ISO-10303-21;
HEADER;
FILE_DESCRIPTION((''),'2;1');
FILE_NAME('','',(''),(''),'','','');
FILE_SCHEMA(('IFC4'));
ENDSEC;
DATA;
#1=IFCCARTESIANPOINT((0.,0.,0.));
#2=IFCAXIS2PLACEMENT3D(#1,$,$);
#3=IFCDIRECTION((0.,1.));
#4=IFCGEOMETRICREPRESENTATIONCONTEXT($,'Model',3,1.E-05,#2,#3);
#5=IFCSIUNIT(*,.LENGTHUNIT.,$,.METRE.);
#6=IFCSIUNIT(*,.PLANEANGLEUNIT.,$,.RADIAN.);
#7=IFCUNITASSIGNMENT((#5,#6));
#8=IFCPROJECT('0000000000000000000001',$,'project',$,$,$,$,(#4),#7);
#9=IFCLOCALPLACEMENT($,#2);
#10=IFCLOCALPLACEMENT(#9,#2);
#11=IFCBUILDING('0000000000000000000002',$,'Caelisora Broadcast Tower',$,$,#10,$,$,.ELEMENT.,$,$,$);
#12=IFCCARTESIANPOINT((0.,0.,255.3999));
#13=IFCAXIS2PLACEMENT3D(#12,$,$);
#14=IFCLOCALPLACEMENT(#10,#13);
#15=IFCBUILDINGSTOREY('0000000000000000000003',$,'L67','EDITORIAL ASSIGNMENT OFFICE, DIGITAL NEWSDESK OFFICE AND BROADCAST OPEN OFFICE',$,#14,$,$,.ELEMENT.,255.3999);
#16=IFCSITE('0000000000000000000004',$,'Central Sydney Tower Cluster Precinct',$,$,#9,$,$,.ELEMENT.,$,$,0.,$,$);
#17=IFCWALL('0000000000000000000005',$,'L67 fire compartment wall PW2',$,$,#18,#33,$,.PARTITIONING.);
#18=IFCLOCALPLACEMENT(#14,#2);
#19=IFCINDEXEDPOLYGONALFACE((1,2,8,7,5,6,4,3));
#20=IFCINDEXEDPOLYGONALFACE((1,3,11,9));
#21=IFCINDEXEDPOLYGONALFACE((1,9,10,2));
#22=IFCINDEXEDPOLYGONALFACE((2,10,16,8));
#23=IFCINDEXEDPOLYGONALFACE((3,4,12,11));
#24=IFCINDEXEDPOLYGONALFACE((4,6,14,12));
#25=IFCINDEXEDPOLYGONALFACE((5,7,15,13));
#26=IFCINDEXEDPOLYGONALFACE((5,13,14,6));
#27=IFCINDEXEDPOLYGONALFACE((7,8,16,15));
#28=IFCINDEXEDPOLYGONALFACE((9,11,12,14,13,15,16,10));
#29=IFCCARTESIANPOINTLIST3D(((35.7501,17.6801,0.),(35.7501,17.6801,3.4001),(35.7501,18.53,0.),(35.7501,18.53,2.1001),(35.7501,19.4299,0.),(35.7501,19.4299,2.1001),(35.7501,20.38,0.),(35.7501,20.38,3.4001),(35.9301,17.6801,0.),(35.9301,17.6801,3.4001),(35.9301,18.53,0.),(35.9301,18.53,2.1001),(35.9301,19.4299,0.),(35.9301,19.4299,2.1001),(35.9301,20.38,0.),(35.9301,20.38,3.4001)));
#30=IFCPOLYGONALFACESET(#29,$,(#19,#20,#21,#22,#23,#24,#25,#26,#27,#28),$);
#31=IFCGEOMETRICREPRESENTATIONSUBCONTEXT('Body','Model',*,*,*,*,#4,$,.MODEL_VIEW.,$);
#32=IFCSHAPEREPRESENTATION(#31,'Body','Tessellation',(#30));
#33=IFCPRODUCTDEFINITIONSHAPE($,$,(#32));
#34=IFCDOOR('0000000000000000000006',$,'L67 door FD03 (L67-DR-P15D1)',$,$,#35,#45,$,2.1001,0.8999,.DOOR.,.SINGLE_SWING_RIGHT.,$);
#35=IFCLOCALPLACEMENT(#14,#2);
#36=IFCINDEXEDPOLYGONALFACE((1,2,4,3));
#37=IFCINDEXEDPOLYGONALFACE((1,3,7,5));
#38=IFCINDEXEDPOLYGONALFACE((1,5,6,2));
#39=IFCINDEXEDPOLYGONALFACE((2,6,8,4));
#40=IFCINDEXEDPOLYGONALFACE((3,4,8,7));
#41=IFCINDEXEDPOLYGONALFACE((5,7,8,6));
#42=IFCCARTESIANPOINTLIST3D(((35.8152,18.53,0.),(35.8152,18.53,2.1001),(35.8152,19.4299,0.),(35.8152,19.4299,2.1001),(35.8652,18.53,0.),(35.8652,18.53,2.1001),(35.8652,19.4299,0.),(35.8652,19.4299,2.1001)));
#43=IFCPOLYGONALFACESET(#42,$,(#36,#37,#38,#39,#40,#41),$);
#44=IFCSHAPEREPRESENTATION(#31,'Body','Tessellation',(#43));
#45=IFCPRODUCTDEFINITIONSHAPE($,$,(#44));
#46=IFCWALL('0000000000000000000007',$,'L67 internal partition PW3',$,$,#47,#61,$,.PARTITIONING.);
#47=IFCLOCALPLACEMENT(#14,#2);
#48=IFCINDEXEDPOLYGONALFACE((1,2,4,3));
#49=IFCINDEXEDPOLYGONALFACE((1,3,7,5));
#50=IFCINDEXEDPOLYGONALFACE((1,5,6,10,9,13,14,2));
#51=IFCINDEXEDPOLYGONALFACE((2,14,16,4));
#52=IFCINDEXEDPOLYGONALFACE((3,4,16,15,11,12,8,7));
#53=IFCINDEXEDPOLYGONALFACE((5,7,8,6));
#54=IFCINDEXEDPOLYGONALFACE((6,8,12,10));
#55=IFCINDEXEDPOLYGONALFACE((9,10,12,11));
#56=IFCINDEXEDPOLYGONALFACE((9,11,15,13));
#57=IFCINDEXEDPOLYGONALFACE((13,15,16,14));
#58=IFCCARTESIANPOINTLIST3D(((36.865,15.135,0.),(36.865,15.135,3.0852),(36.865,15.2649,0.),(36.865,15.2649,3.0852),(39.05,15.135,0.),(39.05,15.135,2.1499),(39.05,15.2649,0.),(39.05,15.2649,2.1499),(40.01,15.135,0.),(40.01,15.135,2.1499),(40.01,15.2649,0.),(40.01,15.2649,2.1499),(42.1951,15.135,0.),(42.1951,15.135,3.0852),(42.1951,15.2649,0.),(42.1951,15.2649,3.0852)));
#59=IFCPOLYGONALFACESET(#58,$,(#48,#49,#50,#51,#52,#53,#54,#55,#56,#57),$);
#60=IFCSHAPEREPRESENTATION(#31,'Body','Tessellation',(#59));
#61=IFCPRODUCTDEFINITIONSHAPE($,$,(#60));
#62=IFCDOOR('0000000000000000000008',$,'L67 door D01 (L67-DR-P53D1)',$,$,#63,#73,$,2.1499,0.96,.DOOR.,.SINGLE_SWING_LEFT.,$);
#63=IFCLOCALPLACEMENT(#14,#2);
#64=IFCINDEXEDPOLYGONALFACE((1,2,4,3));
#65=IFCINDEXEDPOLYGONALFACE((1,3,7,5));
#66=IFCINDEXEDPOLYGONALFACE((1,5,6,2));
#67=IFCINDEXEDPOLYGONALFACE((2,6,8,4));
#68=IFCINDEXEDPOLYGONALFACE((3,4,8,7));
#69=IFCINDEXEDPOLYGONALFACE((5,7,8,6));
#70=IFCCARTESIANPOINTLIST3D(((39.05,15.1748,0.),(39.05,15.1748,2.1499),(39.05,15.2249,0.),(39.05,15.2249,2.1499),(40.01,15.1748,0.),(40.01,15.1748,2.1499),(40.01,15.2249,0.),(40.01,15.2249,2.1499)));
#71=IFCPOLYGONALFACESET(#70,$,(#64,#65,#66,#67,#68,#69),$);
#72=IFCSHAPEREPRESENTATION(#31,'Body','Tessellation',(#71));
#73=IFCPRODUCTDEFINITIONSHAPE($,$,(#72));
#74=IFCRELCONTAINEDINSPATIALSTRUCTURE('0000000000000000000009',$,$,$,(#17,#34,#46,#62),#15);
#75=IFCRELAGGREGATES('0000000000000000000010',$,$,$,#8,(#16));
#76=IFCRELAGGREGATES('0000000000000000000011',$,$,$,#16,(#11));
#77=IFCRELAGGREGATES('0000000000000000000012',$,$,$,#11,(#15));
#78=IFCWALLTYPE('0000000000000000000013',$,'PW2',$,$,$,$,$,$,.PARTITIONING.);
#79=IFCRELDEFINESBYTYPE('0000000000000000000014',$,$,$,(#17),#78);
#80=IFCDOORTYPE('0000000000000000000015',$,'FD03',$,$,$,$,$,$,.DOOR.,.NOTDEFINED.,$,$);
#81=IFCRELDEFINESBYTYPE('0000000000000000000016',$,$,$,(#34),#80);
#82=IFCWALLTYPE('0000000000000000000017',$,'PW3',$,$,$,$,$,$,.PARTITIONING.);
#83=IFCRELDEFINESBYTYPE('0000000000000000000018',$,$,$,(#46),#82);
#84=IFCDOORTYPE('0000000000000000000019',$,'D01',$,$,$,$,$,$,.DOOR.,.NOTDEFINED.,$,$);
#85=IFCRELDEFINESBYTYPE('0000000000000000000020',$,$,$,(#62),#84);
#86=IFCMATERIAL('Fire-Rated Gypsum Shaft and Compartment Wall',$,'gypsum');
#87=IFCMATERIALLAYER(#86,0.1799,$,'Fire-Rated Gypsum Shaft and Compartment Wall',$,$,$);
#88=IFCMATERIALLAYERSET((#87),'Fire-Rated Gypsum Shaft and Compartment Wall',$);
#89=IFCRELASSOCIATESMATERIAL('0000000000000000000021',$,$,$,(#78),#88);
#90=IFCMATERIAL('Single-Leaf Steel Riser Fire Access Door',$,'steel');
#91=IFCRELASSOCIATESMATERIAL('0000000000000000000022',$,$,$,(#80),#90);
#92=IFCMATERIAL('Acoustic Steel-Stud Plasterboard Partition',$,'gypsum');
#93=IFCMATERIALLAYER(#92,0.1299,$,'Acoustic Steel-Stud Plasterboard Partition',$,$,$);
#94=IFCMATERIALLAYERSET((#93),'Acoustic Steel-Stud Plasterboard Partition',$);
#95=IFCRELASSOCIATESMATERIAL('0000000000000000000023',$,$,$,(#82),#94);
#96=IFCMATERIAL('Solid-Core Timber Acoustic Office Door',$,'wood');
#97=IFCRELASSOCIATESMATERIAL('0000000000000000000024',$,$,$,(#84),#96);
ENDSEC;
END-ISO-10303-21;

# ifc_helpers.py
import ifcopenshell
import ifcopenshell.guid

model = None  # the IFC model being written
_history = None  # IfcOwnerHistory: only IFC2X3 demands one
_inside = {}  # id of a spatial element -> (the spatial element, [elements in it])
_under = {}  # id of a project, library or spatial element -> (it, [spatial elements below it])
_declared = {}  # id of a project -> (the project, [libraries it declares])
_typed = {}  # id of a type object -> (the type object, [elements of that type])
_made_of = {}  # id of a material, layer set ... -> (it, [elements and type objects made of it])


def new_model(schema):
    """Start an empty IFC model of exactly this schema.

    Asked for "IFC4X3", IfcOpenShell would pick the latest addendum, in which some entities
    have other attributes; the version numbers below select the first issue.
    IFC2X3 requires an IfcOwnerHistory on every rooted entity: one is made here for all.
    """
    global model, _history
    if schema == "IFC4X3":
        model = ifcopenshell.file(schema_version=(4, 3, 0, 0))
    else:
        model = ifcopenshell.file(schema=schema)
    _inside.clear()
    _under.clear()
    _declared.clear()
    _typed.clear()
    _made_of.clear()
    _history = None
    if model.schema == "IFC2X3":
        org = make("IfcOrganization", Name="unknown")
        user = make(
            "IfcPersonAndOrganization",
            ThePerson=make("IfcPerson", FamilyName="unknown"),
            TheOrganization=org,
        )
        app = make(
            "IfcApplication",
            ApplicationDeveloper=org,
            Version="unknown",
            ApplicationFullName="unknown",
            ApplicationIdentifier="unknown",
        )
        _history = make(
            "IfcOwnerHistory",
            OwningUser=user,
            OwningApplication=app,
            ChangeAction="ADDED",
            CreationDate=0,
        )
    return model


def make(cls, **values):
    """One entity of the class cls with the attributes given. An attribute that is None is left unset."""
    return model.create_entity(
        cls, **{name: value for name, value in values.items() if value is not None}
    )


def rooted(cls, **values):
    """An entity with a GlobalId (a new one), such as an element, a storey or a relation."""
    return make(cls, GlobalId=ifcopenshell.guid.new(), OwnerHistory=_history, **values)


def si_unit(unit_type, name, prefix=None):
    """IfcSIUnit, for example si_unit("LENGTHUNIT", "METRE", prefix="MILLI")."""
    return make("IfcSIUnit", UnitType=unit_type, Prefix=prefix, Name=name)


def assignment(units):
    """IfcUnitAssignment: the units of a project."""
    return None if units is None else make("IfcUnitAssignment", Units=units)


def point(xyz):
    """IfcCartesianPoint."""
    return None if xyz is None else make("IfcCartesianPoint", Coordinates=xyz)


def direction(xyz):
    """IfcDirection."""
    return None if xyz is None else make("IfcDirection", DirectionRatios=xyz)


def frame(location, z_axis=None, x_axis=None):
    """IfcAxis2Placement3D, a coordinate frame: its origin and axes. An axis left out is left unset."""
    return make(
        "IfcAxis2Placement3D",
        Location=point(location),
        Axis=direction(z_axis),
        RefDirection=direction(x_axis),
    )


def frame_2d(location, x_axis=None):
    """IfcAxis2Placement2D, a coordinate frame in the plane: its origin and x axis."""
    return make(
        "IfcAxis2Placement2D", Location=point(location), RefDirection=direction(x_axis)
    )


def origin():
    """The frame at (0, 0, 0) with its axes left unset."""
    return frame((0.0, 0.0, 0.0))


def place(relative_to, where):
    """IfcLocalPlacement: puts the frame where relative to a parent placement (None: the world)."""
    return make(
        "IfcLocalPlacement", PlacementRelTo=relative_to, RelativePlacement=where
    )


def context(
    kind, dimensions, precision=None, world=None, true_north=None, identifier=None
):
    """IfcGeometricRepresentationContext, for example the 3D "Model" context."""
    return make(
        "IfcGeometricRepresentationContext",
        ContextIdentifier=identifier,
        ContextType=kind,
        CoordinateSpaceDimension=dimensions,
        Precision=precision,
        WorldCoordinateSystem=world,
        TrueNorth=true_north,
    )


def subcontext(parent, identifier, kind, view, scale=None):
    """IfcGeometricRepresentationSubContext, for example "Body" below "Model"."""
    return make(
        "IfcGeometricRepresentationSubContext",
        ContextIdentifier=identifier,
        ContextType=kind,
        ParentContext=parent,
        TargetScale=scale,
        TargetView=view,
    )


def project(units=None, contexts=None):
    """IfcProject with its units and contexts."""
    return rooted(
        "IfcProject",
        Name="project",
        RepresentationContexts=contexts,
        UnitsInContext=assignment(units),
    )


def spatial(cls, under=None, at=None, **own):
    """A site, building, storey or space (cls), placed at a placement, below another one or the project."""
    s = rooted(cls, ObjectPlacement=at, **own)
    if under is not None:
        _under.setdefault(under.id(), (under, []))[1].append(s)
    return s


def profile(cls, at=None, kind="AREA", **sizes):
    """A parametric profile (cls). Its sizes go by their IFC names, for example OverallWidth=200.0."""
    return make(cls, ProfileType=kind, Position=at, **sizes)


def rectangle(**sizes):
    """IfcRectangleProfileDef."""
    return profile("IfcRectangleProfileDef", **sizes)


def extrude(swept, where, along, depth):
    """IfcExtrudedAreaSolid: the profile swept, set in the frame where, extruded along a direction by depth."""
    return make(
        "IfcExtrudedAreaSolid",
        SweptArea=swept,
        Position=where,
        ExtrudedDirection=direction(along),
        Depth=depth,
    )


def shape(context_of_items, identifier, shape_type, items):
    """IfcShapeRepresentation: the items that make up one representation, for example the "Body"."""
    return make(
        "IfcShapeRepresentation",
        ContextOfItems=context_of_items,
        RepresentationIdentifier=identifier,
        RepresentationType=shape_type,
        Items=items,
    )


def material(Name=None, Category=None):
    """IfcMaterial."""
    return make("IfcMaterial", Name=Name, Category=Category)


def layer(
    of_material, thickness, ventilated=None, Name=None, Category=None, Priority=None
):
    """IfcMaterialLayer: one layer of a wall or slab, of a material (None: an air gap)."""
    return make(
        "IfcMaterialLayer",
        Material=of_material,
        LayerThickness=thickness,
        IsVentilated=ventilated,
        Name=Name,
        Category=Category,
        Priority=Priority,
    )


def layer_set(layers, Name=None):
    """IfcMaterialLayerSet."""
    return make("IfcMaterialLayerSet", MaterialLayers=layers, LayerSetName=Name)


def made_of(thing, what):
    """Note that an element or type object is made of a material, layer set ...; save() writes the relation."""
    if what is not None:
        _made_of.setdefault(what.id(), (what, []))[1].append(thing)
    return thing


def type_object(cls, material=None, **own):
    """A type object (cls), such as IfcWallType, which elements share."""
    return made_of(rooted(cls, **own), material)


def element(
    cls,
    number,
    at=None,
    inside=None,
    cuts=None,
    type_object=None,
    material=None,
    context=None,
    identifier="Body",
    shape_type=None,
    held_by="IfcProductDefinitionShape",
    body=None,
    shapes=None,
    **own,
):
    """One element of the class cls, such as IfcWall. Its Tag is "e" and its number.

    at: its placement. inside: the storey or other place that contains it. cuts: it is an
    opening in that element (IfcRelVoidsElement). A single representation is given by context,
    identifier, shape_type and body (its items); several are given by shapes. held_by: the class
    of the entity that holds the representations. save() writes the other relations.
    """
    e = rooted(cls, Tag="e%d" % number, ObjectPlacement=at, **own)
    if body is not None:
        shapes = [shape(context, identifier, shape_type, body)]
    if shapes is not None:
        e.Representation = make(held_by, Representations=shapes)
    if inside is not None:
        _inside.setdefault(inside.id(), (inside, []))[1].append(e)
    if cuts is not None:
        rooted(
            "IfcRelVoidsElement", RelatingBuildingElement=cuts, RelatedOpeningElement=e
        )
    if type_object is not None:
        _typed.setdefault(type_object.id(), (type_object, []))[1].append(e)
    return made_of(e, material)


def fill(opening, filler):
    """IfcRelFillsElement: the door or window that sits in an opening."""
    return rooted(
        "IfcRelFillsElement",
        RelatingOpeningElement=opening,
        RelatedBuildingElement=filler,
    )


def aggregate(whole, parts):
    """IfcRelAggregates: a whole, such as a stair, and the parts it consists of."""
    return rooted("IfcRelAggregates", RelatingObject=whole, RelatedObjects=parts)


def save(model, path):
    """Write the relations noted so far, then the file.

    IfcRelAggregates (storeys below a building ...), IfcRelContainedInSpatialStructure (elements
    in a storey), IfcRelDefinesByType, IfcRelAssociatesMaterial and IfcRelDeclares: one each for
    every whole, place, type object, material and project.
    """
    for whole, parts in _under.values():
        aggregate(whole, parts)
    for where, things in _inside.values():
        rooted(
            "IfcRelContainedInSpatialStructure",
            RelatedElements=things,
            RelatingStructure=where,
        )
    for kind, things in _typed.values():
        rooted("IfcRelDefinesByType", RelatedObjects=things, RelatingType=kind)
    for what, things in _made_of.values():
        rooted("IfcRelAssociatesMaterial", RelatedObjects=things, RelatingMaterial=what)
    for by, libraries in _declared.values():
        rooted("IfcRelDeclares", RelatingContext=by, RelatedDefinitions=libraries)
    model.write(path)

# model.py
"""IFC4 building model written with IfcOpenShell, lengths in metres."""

from ifc_helpers import new_model, si_unit, direction, frame, frame_2d, origin, place, context, subcontext, project, spatial, rectangle, extrude, material, layer, layer_set, type_object, element, fill, save


model = new_model("IFC4")

# Units and contexts
model_context = context("Model", 3, precision=1e-05, world=origin(), true_north=direction((0.0, 1.0)))
body_context = subcontext(model_context, "Body", "Model", "MODEL_VIEW")
ifc_project = project(units=[si_unit("LENGTHUNIT", "METRE"), si_unit("PLANEANGLEUNIT", "RADIAN")], contexts=[model_context])

# Site, building, storey
site_placement = place(None, origin())
site = spatial("IfcSite", under=ifc_project, at=site_placement, Name="Central Sydney Tower Cluster Precinct", CompositionType="ELEMENT", RefElevation=0.0)
building_placement = place(site_placement, origin())
building = spatial("IfcBuilding", under=site, at=building_placement, Name="Caelisora Broadcast Tower", CompositionType="ELEMENT")
storey_placement = place(building_placement, frame((0.0, 0.0, 255.3999)))
storey = spatial("IfcBuildingStorey", under=building, at=storey_placement, Name="L67", Description="EDITORIAL ASSIGNMENT OFFICE, DIGITAL NEWSDESK OFFICE AND BROADCAST OPEN OFFICE", CompositionType="ELEMENT", Elevation=255.3999)

# Shared definitions
ifc_material_1 = material(Name="Fire-Rated Gypsum Shaft and Compartment Wall", Category="gypsum")
ifc_layer_1 = layer(ifc_material_1, 0.1799, Name="Fire-Rated Gypsum Shaft and Compartment Wall")
ifc_layer_set_1 = layer_set([ifc_layer_1], Name="Fire-Rated Gypsum Shaft and Compartment Wall")
wall_type_1 = type_object("IfcWallType", Name="PW2", PredefinedType="PARTITIONING", material=ifc_layer_set_1)

# Walls, openings, doors
wall_1_placement = place(storey_placement, frame((35.8401, 17.6799, 0.0), z_axis=(0.0, 0.0, 1.0), x_axis=(0.0, 1.0, 0.0)))
wall_1 = element("IfcWall", 1, at=wall_1_placement, inside=storey, type_object=wall_type_1, Name="L67 fire compartment wall PW2", PredefinedType="PARTITIONING", context=body_context, shape_type="SweptSolid", body=[
    extrude(rectangle(XDim=2.7, YDim=0.1799, at=frame_2d((1.3501, 0.0))), origin(), (0.0, 0.0, 1.0), 3.4001),
])
opening_1_placement = place(wall_1_placement, frame((0.8501, 0.0, 0.0)))
opening_1 = element("IfcOpeningElement", 2, at=opening_1_placement, cuts=wall_1, PredefinedType="OPENING", context=body_context, shape_type="SweptSolid", body=[
    extrude(rectangle(XDim=0.8999, YDim=2.1001, at=frame_2d((0.45, 1.05))), frame((0.0, 0.1021, 0.0), z_axis=(0.0, -1.0, 0.0), x_axis=(1.0, 0.0, 0.0)), (0.0, 0.0, 1.0), 0.2039),
])
ifc_material_2 = material(Name="Single-Leaf Steel Riser Fire Access Door", Category="steel")
door_type_1 = type_object("IfcDoorType", Name="FD03", OperationType="NOTDEFINED", PredefinedType="DOOR", material=ifc_material_2)
door_1_placement = place(opening_1_placement, origin())
door_1 = element("IfcDoor", 3, at=door_1_placement, inside=storey, type_object=door_type_1, Name="L67 door FD03 (L67-DR-P15D1)", OperationType="SINGLE_SWING_RIGHT", OverallHeight=2.1001, OverallWidth=0.8999, PredefinedType="DOOR", context=body_context, shape_type="SweptSolid", body=[
    extrude(rectangle(XDim=0.8999, YDim=2.1001, at=frame_2d((0.45, 1.05))), frame((0.0, 0.0249, 0.0), z_axis=(0.0, -1.0, 0.0), x_axis=(1.0, 0.0, 0.0)), (0.0, 0.0, 1.0), 0.05),
])
fill(opening_1, door_1)
ifc_material_3 = material(Name="Acoustic Steel-Stud Plasterboard Partition", Category="gypsum")
ifc_layer_2 = layer(ifc_material_3, 0.1299, Name="Acoustic Steel-Stud Plasterboard Partition")
ifc_layer_set_2 = layer_set([ifc_layer_2], Name="Acoustic Steel-Stud Plasterboard Partition")
wall_type_2 = type_object("IfcWallType", Name="PW3", PredefinedType="PARTITIONING", material=ifc_layer_set_2)
wall_2_placement = place(storey_placement, frame((36.865, 15.2, 0.0), z_axis=(0.0, 0.0, 1.0), x_axis=(1.0, 0.0, 0.0)))
wall_2 = element("IfcWall", 4, at=wall_2_placement, inside=storey, type_object=wall_type_2, Name="L67 internal partition PW3", PredefinedType="PARTITIONING", context=body_context, shape_type="SweptSolid", body=[
    extrude(rectangle(XDim=5.3301, YDim=0.1299, at=frame_2d((2.665, 0.0))), origin(), (0.0, 0.0, 1.0), 3.0852),
])
opening_2_placement = place(wall_2_placement, frame((2.1851, 0.0, 0.0)))
opening_2 = element("IfcOpeningElement", 5, at=opening_2_placement, cuts=wall_2, PredefinedType="OPENING", context=body_context, shape_type="SweptSolid", body=[
    extrude(rectangle(XDim=0.96, YDim=2.1499, at=frame_2d((0.48, 1.075))), frame((0.0, 0.0769, 0.0), z_axis=(0.0, -1.0, 0.0), x_axis=(1.0, 0.0, 0.0)), (0.0, 0.0, 1.0), 0.1538),
])
ifc_material_4 = material(Name="Solid-Core Timber Acoustic Office Door", Category="wood")
door_type_2 = type_object("IfcDoorType", Name="D01", OperationType="NOTDEFINED", PredefinedType="DOOR", material=ifc_material_4)
door_2_placement = place(opening_2_placement, origin())
door_2 = element("IfcDoor", 6, at=door_2_placement, inside=storey, type_object=door_type_2, Name="L67 door D01 (L67-DR-P53D1)", OperationType="SINGLE_SWING_LEFT", OverallHeight=2.1499, OverallWidth=0.96, PredefinedType="DOOR", context=body_context, shape_type="SweptSolid", body=[
    extrude(rectangle(XDim=0.96, YDim=2.1499, at=frame_2d((0.48, 1.075))), frame((0.0, 0.0249, 0.0), z_axis=(0.0, -1.0, 0.0), x_axis=(1.0, 0.0, 0.0)), (0.0, 0.0, 1.0), 0.05),
])
fill(opening_2, door_2)

save(model, "model.ifc")
